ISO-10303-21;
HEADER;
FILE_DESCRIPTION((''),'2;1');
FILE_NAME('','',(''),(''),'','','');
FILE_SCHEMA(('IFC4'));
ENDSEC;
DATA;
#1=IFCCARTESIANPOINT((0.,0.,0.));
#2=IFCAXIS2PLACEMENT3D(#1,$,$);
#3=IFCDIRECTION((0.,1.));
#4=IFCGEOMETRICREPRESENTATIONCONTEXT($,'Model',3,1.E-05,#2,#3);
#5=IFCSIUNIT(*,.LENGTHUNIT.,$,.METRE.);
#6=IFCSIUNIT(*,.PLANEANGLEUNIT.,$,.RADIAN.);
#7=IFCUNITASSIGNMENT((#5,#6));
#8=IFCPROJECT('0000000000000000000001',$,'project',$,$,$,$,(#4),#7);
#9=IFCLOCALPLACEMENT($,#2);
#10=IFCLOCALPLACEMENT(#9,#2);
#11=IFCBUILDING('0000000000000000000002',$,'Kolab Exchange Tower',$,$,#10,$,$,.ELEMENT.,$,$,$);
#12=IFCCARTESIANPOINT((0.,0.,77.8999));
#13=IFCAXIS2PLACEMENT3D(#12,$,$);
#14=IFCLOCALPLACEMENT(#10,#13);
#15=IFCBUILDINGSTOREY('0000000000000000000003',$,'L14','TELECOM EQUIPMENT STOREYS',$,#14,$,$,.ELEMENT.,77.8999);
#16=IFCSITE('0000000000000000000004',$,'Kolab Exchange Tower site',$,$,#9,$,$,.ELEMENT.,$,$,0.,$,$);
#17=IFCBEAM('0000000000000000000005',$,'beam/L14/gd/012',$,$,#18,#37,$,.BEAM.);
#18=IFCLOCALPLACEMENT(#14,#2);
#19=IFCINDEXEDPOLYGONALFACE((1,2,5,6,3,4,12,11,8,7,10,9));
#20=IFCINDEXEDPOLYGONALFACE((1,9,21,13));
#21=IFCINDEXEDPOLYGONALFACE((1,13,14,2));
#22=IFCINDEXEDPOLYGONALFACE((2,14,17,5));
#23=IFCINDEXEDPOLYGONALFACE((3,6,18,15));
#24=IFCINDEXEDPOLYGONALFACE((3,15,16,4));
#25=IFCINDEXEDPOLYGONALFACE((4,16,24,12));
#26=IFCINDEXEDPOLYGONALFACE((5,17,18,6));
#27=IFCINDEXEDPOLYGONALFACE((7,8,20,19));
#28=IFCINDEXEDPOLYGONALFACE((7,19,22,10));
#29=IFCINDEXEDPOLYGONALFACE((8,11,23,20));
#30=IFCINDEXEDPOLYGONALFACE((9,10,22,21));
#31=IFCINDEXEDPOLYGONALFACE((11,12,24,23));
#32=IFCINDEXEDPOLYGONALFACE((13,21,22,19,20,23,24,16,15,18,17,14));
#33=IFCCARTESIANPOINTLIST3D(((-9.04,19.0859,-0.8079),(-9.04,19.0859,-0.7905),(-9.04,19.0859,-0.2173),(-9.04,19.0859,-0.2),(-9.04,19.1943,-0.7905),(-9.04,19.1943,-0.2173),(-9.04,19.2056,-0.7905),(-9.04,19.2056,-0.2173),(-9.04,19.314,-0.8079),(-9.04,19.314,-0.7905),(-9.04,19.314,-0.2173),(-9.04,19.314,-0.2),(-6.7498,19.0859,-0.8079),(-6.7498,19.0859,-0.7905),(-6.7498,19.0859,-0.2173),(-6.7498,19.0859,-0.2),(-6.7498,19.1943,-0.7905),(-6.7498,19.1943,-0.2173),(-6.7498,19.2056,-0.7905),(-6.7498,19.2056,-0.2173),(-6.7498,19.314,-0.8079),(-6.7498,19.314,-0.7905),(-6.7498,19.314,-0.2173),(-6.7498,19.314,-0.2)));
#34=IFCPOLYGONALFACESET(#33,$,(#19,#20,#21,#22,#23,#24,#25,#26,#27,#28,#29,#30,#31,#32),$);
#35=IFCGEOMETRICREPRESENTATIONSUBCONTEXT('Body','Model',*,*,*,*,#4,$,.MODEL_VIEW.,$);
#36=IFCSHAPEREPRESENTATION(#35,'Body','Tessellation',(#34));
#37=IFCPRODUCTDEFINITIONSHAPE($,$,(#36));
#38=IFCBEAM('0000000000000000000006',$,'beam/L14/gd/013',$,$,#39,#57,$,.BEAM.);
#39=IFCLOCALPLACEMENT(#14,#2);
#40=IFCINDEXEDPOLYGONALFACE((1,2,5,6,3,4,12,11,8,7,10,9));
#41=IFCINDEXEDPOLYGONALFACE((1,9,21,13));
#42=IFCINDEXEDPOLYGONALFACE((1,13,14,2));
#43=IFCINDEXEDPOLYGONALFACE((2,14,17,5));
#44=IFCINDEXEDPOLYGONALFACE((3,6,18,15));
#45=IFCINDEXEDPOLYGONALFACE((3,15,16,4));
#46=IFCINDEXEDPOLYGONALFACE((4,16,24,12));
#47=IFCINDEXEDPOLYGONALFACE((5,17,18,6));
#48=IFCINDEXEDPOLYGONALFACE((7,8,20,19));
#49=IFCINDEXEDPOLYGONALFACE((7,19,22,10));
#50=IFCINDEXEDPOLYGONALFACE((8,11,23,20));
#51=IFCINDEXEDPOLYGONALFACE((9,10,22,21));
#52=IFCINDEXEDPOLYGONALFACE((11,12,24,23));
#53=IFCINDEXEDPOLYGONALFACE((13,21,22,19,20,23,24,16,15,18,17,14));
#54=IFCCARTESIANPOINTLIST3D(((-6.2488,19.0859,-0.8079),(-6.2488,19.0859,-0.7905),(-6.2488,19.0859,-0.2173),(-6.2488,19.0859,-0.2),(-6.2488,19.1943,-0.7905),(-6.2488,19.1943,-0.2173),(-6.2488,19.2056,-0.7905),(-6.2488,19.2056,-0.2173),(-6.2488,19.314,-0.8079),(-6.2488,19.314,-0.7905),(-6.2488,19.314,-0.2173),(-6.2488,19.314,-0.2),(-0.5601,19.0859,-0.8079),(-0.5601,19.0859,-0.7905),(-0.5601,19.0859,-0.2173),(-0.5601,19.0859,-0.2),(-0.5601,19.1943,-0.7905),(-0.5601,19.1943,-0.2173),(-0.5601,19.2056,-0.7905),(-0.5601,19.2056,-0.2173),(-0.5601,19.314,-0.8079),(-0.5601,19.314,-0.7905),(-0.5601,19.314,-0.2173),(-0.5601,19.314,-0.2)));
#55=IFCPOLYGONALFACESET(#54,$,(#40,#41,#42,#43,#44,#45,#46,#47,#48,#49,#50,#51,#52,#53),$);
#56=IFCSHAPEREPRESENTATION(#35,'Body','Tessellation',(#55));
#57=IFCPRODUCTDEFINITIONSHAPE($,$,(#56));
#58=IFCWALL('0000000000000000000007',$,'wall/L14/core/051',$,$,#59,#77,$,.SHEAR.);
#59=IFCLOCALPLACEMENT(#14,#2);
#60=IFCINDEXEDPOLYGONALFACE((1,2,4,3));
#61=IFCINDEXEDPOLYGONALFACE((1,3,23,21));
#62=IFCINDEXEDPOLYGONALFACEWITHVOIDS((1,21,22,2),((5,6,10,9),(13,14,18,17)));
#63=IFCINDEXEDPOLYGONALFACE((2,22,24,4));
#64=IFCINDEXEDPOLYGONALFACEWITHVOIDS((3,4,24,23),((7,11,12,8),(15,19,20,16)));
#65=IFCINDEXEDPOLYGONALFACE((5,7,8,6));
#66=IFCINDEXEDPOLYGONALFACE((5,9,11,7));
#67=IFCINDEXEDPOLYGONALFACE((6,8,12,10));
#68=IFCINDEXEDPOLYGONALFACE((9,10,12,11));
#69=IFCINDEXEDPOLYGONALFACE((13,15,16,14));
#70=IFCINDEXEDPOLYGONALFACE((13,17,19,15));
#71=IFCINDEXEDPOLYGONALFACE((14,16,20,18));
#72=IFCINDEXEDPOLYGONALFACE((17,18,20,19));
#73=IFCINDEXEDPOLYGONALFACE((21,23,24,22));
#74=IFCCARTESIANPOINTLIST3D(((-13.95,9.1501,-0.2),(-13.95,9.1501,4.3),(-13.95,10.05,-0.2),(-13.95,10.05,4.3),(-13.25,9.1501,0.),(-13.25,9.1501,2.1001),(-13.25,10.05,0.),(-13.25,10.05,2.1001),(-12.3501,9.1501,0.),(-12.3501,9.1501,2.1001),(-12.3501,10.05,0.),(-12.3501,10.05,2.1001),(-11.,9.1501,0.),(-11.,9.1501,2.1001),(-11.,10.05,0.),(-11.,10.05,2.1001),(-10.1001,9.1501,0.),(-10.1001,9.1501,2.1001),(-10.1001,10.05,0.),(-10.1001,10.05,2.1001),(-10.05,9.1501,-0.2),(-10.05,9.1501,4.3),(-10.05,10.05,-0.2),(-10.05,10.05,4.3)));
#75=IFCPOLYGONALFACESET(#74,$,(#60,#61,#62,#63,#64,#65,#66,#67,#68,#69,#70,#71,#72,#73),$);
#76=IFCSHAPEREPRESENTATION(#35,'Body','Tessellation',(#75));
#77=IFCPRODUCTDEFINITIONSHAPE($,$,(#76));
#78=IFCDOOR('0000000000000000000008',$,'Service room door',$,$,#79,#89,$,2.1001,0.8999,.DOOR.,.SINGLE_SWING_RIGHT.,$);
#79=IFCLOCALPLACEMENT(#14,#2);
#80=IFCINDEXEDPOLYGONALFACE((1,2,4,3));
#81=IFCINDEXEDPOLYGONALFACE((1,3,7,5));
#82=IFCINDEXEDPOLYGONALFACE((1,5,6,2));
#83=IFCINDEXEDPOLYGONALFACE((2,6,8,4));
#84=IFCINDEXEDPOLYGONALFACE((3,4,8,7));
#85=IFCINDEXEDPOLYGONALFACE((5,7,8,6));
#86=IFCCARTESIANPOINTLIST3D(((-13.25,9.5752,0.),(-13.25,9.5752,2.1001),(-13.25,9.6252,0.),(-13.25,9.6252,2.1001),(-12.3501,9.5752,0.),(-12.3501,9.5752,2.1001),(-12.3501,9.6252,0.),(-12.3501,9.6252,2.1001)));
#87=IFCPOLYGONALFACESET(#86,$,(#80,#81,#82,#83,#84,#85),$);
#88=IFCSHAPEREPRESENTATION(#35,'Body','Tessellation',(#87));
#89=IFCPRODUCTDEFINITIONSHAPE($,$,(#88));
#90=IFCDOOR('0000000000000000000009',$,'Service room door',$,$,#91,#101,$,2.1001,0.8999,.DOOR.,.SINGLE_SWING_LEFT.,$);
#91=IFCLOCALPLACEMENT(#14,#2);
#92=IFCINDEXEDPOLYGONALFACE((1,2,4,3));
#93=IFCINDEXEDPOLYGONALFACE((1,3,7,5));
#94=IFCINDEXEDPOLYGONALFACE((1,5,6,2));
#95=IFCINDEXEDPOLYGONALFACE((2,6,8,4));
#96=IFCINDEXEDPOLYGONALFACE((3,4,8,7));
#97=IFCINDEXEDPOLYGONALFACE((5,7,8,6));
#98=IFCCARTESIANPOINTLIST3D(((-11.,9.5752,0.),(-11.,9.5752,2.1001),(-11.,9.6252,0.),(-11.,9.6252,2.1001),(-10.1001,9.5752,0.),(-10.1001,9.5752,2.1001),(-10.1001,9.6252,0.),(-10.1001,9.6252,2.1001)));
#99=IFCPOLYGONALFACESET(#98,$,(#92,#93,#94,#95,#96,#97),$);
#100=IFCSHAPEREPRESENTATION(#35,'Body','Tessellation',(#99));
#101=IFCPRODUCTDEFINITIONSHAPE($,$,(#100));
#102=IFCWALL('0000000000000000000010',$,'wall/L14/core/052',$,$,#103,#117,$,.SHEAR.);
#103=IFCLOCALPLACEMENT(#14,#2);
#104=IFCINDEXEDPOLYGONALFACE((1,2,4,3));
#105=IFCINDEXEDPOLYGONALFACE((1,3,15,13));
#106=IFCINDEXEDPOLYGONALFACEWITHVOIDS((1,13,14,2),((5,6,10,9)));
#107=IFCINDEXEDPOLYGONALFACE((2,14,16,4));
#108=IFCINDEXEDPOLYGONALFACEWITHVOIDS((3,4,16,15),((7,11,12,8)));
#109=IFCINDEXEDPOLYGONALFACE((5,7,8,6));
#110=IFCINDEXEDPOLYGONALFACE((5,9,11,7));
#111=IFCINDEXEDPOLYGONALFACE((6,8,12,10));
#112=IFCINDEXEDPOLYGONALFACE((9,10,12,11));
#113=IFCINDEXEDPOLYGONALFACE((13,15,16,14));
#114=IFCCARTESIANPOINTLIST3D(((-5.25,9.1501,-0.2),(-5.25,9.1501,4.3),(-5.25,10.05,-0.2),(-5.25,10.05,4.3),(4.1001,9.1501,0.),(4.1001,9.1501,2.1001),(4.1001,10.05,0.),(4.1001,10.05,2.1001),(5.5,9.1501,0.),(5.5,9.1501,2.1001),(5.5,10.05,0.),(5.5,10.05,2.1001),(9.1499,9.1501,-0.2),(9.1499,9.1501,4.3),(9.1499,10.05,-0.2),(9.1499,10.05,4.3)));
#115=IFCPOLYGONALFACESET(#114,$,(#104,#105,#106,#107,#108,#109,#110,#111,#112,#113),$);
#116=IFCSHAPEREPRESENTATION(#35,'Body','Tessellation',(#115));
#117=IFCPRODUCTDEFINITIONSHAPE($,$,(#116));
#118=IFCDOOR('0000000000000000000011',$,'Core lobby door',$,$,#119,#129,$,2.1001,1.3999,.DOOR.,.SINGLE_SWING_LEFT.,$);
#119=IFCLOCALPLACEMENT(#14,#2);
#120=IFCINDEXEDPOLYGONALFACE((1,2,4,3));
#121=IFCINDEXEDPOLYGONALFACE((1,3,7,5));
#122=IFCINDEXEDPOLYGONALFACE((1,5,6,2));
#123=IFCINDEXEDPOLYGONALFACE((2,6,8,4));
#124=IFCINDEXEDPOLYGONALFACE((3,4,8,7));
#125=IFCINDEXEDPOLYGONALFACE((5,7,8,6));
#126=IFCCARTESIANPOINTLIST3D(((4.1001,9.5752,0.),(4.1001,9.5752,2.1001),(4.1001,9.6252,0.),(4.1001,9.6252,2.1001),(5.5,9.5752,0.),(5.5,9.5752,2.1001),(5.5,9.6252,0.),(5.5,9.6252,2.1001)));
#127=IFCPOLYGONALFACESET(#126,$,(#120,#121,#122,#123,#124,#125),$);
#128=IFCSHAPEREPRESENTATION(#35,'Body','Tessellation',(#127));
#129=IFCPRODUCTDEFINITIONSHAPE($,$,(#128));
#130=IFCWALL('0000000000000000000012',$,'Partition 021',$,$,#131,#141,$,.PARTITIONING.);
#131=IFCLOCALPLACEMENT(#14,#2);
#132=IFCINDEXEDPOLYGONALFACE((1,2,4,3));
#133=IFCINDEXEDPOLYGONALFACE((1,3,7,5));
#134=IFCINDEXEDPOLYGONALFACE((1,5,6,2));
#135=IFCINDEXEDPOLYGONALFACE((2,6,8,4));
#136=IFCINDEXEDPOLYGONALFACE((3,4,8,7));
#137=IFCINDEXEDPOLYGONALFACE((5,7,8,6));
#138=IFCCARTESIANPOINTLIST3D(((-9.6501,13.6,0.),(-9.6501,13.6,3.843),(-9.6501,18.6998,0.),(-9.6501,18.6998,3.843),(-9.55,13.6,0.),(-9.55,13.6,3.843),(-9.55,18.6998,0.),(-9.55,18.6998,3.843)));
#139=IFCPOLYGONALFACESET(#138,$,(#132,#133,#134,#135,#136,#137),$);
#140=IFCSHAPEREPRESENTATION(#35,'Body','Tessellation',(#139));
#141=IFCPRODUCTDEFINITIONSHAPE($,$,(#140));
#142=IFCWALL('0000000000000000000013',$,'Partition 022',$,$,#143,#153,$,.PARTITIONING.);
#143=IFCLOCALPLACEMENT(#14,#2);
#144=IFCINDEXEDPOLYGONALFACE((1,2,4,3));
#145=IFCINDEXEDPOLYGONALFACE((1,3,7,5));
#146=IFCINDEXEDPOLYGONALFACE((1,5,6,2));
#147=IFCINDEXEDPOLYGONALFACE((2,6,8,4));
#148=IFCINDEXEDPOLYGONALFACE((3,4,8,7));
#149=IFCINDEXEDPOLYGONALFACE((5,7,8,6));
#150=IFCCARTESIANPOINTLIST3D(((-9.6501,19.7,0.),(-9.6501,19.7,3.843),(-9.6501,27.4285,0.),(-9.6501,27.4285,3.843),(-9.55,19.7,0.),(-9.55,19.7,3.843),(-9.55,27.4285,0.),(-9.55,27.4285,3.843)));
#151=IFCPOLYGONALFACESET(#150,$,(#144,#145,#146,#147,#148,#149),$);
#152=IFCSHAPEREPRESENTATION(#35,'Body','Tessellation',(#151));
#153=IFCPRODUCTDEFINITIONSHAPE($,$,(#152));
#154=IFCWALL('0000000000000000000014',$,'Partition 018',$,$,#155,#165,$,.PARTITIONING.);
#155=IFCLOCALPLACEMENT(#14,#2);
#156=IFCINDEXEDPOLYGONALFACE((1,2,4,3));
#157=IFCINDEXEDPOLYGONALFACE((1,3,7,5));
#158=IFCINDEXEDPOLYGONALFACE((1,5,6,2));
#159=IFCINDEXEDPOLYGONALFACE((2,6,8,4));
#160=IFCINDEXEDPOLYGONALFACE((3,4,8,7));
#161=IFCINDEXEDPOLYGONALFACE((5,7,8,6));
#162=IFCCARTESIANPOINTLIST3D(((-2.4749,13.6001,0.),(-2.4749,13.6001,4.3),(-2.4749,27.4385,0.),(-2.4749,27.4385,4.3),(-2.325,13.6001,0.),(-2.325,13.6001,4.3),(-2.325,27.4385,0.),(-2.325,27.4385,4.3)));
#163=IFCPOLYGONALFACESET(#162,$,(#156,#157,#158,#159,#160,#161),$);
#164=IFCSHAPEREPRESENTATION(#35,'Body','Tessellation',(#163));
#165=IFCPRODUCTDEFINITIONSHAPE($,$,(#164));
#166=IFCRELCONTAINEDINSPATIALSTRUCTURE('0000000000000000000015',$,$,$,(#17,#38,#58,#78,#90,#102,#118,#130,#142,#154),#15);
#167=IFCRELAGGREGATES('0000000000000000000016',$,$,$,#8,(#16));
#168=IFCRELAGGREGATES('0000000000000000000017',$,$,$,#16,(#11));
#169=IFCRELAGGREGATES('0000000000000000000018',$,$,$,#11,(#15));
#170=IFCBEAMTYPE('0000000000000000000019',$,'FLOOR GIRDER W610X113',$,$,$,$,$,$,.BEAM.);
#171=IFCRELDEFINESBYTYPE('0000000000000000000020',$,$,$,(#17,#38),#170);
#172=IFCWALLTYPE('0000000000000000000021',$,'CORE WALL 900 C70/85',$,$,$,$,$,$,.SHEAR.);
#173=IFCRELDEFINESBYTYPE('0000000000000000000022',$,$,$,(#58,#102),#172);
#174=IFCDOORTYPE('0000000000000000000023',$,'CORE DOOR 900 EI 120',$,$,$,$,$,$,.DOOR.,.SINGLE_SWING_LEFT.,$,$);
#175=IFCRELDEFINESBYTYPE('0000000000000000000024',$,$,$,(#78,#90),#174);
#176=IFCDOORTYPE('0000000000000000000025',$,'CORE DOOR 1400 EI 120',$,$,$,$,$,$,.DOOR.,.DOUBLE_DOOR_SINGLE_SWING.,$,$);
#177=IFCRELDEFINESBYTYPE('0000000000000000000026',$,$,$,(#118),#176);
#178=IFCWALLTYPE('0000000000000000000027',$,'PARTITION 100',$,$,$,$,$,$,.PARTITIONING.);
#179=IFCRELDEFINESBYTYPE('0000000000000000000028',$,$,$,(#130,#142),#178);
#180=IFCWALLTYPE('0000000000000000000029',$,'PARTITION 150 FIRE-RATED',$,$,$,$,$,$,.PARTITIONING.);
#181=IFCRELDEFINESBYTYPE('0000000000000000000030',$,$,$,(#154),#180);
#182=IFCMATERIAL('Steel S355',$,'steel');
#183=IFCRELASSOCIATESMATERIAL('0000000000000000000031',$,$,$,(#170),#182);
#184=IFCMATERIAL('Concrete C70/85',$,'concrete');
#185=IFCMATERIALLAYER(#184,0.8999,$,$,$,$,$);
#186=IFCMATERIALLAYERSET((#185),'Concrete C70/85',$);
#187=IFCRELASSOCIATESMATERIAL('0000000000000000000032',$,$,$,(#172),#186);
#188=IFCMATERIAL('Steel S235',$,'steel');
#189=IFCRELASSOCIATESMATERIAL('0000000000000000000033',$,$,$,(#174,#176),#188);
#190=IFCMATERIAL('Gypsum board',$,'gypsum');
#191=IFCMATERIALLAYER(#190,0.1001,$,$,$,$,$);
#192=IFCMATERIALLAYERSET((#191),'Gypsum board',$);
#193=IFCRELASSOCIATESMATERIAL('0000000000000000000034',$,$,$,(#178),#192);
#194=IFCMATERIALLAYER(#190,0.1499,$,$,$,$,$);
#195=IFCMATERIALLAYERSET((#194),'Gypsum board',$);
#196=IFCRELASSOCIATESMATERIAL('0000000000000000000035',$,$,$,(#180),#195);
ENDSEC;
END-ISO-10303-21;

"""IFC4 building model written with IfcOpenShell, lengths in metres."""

from ifc_helpers import new_model, si_unit, direction, frame, frame_2d, origin, origin_2d, place, context, subcontext, project, spatial, rectangle, i_section, extrude, material, layer, layer_set, material_profile, profile_set, type_object, element, fill, save


model = new_model("IFC4")

# Units and contexts
model_context = context("Model", 3, precision=1e-05, world=origin(), true_north=direction((0.0, 1.0)))
body_context = subcontext(model_context, "Body", "Model", "MODEL_VIEW")
ifc_project = project(units=[si_unit("LENGTHUNIT", "METRE"), si_unit("PLANEANGLEUNIT", "RADIAN")], contexts=[model_context])

# Site, building, storey
site_placement = place(None, origin())
site = spatial("IfcSite", under=ifc_project, at=site_placement, Name="Kolab Exchange Tower site", CompositionType="ELEMENT", RefElevation=0.0)
building_placement = place(site_placement, origin())
building = spatial("IfcBuilding", under=site, at=building_placement, Name="Kolab Exchange Tower", CompositionType="ELEMENT")
storey_placement = place(building_placement, frame((0.0, 0.0, 77.8999)))
storey = spatial("IfcBuildingStorey", under=building, at=storey_placement, Name="L14", Description="TELECOM EQUIPMENT STOREYS", CompositionType="ELEMENT", Elevation=77.8999)

# Shared definitions
ifc_material_1 = material(Name="Concrete C70/85", Category="concrete")

# Beams
ifc_material_2 = material(Name="Steel S355", Category="steel")
ifc_material_profile_1 = material_profile(ifc_material_2, i_section(OverallWidth=0.228, OverallDepth=0.6079, WebThickness=0.0112, FlangeThickness=0.0173, at=origin_2d()), Name="W610X113")
ifc_profile_set_1 = profile_set([ifc_material_profile_1], Name="Steel S355")
beam_type_1 = type_object("IfcBeamType", Name="FLOOR GIRDER W610X113", PredefinedType="BEAM", material=ifc_profile_set_1)
beam_1_placement = place(storey_placement, frame((-9.04, 19.2, -0.5039), z_axis=(1.0, 0.0, 0.0), x_axis=(0.0, 1.0, 0.0)))
element("IfcBeam", 1, at=beam_1_placement, inside=storey, type_object=beam_type_1, Name="beam/L14/gd/012", PredefinedType="BEAM", context=body_context, shape_type="SweptSolid", body=[
    extrude(i_section(OverallWidth=0.228, OverallDepth=0.6079, WebThickness=0.0112, FlangeThickness=0.0173, at=origin_2d()), origin(), (0.0, 0.0, 1.0), 2.2903),
])
beam_2_placement = place(storey_placement, frame((-6.2488, 19.2, -0.5039), z_axis=(1.0, 0.0, 0.0), x_axis=(0.0, 1.0, 0.0)))
element("IfcBeam", 2, at=beam_2_placement, inside=storey, type_object=beam_type_1, Name="beam/L14/gd/013", PredefinedType="BEAM", context=body_context, shape_type="SweptSolid", body=[
    extrude(i_section(OverallWidth=0.228, OverallDepth=0.6079, WebThickness=0.0112, FlangeThickness=0.0173, at=origin_2d()), origin(), (0.0, 0.0, 1.0), 5.6887),
])

# Wall, openings, doors
ifc_layer_1 = layer(ifc_material_1, 0.8999)
ifc_layer_set_1 = layer_set([ifc_layer_1], Name="Concrete C70/85")
wall_type_1 = type_object("IfcWallType", Name="CORE WALL 900 C70/85", PredefinedType="SHEAR", material=ifc_layer_set_1)
wall_1_placement = place(storey_placement, frame((-13.95, 9.6001, -0.2), z_axis=(0.0, 0.0, 1.0), x_axis=(1.0, 0.0, 0.0)))
wall_1 = element("IfcWall", 3, at=wall_1_placement, inside=storey, type_object=wall_type_1, Name="wall/L14/core/051", PredefinedType="SHEAR", context=body_context, shape_type="SweptSolid", body=[
    extrude(rectangle(XDim=3.8999, YDim=0.8999, at=frame_2d((1.95, 0.0))), origin(), (0.0, 0.0, 1.0), 4.5),
])
opening_1_placement = place(wall_1_placement, frame((0.7, 0.0, 0.2)))
opening_1 = element("IfcOpeningElement", 4, at=opening_1_placement, cuts=wall_1, PredefinedType="OPENING", context=body_context, shape_type="SweptSolid", body=[
    extrude(rectangle(XDim=0.8999, YDim=2.1001, at=frame_2d((0.45, 1.05))), frame((0.0, 0.46, 0.0), z_axis=(0.0, -1.0, 0.0), x_axis=(1.0, 0.0, 0.0)), (0.0, 0.0, 1.0), 0.9199),
])
opening_2_placement = place(wall_1_placement, frame((2.95, 0.0, 0.2)))
opening_2 = element("IfcOpeningElement", 5, at=opening_2_placement, cuts=wall_1, PredefinedType="OPENING", context=body_context, shape_type="SweptSolid", body=[
    extrude(rectangle(XDim=0.8999, YDim=2.1001, at=frame_2d((0.45, 1.05))), frame((0.0, 0.46, 0.0), z_axis=(0.0, -1.0, 0.0), x_axis=(1.0, 0.0, 0.0)), (0.0, 0.0, 1.0), 0.9199),
])
ifc_material_3 = material(Name="Steel S235", Category="steel")
door_type_1 = type_object("IfcDoorType", Name="CORE DOOR 900 EI 120", OperationType="SINGLE_SWING_LEFT", PredefinedType="DOOR", material=ifc_material_3)
door_1_placement = place(opening_1_placement, frame((0.8999, 0.0, 0.0), z_axis=(0.0, 0.0, 1.0), x_axis=(-1.0, 0.0, 0.0)))
door_1 = element("IfcDoor", 6, at=door_1_placement, inside=storey, type_object=door_type_1, Name="Service room door", OperationType="SINGLE_SWING_RIGHT", OverallHeight=2.1001, OverallWidth=0.8999, PredefinedType="DOOR", context=body_context, shape_type="SweptSolid", body=[
    extrude(rectangle(XDim=0.8999, YDim=2.1001, at=frame_2d((0.45, 1.05))), frame((0.0, 0.0249, 0.0), z_axis=(0.0, -1.0, 0.0), x_axis=(1.0, 0.0, 0.0)), (0.0, 0.0, 1.0), 0.05),
])
fill(opening_1, door_1)
door_2_placement = place(opening_2_placement, frame((0.8999, 0.0, 0.0), z_axis=(0.0, 0.0, 1.0), x_axis=(-1.0, 0.0, 0.0)))
door_2 = element("IfcDoor", 7, at=door_2_placement, inside=storey, type_object=door_type_1, Name="Service room door", OperationType="SINGLE_SWING_LEFT", OverallHeight=2.1001, OverallWidth=0.8999, PredefinedType="DOOR", context=body_context, shape_type="SweptSolid", body=[
    extrude(rectangle(XDim=0.8999, YDim=2.1001, at=frame_2d((0.45, 1.05))), frame((0.0, 0.0249, 0.0), z_axis=(0.0, -1.0, 0.0), x_axis=(1.0, 0.0, 0.0)), (0.0, 0.0, 1.0), 0.05),
])
fill(opening_2, door_2)

# Wall, opening, door
wall_2_placement = place(storey_placement, frame((-5.25, 9.6001, -0.2), z_axis=(0.0, 0.0, 1.0), x_axis=(1.0, 0.0, 0.0)))
wall_2 = element("IfcWall", 8, at=wall_2_placement, inside=storey, type_object=wall_type_1, Name="wall/L14/core/052", PredefinedType="SHEAR", context=body_context, shape_type="SweptSolid", body=[
    extrude(rectangle(XDim=14.3999, YDim=0.8999, at=frame_2d((7.2, 0.0))), origin(), (0.0, 0.0, 1.0), 4.5),
])
opening_3_placement = place(wall_2_placement, frame((9.3501, 0.0, 0.2)))
opening_3 = element("IfcOpeningElement", 9, at=opening_3_placement, cuts=wall_2, PredefinedType="OPENING", context=body_context, shape_type="SweptSolid", body=[
    extrude(rectangle(XDim=1.3999, YDim=2.1001, at=frame_2d((0.7, 1.05))), frame((0.0, 0.46, 0.0), z_axis=(0.0, -1.0, 0.0), x_axis=(1.0, 0.0, 0.0)), (0.0, 0.0, 1.0), 0.9199),
])
door_type_2 = type_object("IfcDoorType", Name="CORE DOOR 1400 EI 120", OperationType="DOUBLE_DOOR_SINGLE_SWING", PredefinedType="DOOR", material=ifc_material_3)
door_3_placement = place(opening_3_placement, frame((1.3999, 0.0, 0.0), z_axis=(0.0, 0.0, 1.0), x_axis=(-1.0, 0.0, 0.0)))
door_3 = element("IfcDoor", 10, at=door_3_placement, inside=storey, type_object=door_type_2, Name="Core lobby door", OperationType="SINGLE_SWING_LEFT", OverallHeight=2.1001, OverallWidth=1.3999, PredefinedType="DOOR", context=body_context, shape_type="SweptSolid", body=[
    extrude(rectangle(XDim=1.3999, YDim=2.1001, at=frame_2d((0.7, 1.05))), frame((0.0, 0.0249, 0.0), z_axis=(0.0, -1.0, 0.0), x_axis=(1.0, 0.0, 0.0)), (0.0, 0.0, 1.0), 0.05),
])
fill(opening_3, door_3)

# Walls
ifc_material_4 = material(Name="Gypsum board", Category="gypsum")
ifc_layer_2 = layer(ifc_material_4, 0.1001)
ifc_layer_set_2 = layer_set([ifc_layer_2], Name="Gypsum board")
wall_type_2 = type_object("IfcWallType", Name="PARTITION 100", PredefinedType="PARTITIONING", material=ifc_layer_set_2)
wall_3_placement = place(storey_placement, frame((-9.6001, 13.6001, 0.0), z_axis=(0.0, 0.0, 1.0), x_axis=(0.0, 1.0, 0.0)))
element("IfcWall", 11, at=wall_3_placement, inside=storey, type_object=wall_type_2, Name="Partition 021", PredefinedType="PARTITIONING", context=body_context, shape_type="SweptSolid", body=[
    extrude(rectangle(XDim=5.0999, YDim=0.1001, at=frame_2d((2.5498, 0.0))), origin(), (0.0, 0.0, 1.0), 3.843),
])
wall_4_placement = place(storey_placement, frame((-9.6001, 19.7, 0.0), z_axis=(0.0, 0.0, 1.0), x_axis=(0.0, 1.0, 0.0)))
element("IfcWall", 12, at=wall_4_placement, inside=storey, type_object=wall_type_2, Name="Partition 022", PredefinedType="PARTITIONING", context=body_context, shape_type="SweptSolid", body=[
    extrude(rectangle(XDim=7.7285, YDim=0.1001, at=frame_2d((3.8643, 0.0))), origin(), (0.0, 0.0, 1.0), 3.843),
])
ifc_layer_3 = layer(ifc_material_4, 0.1499)
ifc_layer_set_3 = layer_set([ifc_layer_3], Name="Gypsum board")
wall_type_3 = type_object("IfcWallType", Name="PARTITION 150 FIRE-RATED", PredefinedType="PARTITIONING", material=ifc_layer_set_3)
wall_5_placement = place(storey_placement, frame((-2.3999, 13.6001, 0.0), z_axis=(0.0, 0.0, 1.0), x_axis=(0.0, 1.0, 0.0)))
element("IfcWall", 13, at=wall_5_placement, inside=storey, type_object=wall_type_3, Name="Partition 018", PredefinedType="PARTITIONING", context=body_context, shape_type="SweptSolid", body=[
    extrude(rectangle(XDim=13.8384, YDim=0.1499, at=frame_2d((6.9192, 0.0))), origin(), (0.0, 0.0, 1.0), 4.3),
])

save(model, "model.ifc")
